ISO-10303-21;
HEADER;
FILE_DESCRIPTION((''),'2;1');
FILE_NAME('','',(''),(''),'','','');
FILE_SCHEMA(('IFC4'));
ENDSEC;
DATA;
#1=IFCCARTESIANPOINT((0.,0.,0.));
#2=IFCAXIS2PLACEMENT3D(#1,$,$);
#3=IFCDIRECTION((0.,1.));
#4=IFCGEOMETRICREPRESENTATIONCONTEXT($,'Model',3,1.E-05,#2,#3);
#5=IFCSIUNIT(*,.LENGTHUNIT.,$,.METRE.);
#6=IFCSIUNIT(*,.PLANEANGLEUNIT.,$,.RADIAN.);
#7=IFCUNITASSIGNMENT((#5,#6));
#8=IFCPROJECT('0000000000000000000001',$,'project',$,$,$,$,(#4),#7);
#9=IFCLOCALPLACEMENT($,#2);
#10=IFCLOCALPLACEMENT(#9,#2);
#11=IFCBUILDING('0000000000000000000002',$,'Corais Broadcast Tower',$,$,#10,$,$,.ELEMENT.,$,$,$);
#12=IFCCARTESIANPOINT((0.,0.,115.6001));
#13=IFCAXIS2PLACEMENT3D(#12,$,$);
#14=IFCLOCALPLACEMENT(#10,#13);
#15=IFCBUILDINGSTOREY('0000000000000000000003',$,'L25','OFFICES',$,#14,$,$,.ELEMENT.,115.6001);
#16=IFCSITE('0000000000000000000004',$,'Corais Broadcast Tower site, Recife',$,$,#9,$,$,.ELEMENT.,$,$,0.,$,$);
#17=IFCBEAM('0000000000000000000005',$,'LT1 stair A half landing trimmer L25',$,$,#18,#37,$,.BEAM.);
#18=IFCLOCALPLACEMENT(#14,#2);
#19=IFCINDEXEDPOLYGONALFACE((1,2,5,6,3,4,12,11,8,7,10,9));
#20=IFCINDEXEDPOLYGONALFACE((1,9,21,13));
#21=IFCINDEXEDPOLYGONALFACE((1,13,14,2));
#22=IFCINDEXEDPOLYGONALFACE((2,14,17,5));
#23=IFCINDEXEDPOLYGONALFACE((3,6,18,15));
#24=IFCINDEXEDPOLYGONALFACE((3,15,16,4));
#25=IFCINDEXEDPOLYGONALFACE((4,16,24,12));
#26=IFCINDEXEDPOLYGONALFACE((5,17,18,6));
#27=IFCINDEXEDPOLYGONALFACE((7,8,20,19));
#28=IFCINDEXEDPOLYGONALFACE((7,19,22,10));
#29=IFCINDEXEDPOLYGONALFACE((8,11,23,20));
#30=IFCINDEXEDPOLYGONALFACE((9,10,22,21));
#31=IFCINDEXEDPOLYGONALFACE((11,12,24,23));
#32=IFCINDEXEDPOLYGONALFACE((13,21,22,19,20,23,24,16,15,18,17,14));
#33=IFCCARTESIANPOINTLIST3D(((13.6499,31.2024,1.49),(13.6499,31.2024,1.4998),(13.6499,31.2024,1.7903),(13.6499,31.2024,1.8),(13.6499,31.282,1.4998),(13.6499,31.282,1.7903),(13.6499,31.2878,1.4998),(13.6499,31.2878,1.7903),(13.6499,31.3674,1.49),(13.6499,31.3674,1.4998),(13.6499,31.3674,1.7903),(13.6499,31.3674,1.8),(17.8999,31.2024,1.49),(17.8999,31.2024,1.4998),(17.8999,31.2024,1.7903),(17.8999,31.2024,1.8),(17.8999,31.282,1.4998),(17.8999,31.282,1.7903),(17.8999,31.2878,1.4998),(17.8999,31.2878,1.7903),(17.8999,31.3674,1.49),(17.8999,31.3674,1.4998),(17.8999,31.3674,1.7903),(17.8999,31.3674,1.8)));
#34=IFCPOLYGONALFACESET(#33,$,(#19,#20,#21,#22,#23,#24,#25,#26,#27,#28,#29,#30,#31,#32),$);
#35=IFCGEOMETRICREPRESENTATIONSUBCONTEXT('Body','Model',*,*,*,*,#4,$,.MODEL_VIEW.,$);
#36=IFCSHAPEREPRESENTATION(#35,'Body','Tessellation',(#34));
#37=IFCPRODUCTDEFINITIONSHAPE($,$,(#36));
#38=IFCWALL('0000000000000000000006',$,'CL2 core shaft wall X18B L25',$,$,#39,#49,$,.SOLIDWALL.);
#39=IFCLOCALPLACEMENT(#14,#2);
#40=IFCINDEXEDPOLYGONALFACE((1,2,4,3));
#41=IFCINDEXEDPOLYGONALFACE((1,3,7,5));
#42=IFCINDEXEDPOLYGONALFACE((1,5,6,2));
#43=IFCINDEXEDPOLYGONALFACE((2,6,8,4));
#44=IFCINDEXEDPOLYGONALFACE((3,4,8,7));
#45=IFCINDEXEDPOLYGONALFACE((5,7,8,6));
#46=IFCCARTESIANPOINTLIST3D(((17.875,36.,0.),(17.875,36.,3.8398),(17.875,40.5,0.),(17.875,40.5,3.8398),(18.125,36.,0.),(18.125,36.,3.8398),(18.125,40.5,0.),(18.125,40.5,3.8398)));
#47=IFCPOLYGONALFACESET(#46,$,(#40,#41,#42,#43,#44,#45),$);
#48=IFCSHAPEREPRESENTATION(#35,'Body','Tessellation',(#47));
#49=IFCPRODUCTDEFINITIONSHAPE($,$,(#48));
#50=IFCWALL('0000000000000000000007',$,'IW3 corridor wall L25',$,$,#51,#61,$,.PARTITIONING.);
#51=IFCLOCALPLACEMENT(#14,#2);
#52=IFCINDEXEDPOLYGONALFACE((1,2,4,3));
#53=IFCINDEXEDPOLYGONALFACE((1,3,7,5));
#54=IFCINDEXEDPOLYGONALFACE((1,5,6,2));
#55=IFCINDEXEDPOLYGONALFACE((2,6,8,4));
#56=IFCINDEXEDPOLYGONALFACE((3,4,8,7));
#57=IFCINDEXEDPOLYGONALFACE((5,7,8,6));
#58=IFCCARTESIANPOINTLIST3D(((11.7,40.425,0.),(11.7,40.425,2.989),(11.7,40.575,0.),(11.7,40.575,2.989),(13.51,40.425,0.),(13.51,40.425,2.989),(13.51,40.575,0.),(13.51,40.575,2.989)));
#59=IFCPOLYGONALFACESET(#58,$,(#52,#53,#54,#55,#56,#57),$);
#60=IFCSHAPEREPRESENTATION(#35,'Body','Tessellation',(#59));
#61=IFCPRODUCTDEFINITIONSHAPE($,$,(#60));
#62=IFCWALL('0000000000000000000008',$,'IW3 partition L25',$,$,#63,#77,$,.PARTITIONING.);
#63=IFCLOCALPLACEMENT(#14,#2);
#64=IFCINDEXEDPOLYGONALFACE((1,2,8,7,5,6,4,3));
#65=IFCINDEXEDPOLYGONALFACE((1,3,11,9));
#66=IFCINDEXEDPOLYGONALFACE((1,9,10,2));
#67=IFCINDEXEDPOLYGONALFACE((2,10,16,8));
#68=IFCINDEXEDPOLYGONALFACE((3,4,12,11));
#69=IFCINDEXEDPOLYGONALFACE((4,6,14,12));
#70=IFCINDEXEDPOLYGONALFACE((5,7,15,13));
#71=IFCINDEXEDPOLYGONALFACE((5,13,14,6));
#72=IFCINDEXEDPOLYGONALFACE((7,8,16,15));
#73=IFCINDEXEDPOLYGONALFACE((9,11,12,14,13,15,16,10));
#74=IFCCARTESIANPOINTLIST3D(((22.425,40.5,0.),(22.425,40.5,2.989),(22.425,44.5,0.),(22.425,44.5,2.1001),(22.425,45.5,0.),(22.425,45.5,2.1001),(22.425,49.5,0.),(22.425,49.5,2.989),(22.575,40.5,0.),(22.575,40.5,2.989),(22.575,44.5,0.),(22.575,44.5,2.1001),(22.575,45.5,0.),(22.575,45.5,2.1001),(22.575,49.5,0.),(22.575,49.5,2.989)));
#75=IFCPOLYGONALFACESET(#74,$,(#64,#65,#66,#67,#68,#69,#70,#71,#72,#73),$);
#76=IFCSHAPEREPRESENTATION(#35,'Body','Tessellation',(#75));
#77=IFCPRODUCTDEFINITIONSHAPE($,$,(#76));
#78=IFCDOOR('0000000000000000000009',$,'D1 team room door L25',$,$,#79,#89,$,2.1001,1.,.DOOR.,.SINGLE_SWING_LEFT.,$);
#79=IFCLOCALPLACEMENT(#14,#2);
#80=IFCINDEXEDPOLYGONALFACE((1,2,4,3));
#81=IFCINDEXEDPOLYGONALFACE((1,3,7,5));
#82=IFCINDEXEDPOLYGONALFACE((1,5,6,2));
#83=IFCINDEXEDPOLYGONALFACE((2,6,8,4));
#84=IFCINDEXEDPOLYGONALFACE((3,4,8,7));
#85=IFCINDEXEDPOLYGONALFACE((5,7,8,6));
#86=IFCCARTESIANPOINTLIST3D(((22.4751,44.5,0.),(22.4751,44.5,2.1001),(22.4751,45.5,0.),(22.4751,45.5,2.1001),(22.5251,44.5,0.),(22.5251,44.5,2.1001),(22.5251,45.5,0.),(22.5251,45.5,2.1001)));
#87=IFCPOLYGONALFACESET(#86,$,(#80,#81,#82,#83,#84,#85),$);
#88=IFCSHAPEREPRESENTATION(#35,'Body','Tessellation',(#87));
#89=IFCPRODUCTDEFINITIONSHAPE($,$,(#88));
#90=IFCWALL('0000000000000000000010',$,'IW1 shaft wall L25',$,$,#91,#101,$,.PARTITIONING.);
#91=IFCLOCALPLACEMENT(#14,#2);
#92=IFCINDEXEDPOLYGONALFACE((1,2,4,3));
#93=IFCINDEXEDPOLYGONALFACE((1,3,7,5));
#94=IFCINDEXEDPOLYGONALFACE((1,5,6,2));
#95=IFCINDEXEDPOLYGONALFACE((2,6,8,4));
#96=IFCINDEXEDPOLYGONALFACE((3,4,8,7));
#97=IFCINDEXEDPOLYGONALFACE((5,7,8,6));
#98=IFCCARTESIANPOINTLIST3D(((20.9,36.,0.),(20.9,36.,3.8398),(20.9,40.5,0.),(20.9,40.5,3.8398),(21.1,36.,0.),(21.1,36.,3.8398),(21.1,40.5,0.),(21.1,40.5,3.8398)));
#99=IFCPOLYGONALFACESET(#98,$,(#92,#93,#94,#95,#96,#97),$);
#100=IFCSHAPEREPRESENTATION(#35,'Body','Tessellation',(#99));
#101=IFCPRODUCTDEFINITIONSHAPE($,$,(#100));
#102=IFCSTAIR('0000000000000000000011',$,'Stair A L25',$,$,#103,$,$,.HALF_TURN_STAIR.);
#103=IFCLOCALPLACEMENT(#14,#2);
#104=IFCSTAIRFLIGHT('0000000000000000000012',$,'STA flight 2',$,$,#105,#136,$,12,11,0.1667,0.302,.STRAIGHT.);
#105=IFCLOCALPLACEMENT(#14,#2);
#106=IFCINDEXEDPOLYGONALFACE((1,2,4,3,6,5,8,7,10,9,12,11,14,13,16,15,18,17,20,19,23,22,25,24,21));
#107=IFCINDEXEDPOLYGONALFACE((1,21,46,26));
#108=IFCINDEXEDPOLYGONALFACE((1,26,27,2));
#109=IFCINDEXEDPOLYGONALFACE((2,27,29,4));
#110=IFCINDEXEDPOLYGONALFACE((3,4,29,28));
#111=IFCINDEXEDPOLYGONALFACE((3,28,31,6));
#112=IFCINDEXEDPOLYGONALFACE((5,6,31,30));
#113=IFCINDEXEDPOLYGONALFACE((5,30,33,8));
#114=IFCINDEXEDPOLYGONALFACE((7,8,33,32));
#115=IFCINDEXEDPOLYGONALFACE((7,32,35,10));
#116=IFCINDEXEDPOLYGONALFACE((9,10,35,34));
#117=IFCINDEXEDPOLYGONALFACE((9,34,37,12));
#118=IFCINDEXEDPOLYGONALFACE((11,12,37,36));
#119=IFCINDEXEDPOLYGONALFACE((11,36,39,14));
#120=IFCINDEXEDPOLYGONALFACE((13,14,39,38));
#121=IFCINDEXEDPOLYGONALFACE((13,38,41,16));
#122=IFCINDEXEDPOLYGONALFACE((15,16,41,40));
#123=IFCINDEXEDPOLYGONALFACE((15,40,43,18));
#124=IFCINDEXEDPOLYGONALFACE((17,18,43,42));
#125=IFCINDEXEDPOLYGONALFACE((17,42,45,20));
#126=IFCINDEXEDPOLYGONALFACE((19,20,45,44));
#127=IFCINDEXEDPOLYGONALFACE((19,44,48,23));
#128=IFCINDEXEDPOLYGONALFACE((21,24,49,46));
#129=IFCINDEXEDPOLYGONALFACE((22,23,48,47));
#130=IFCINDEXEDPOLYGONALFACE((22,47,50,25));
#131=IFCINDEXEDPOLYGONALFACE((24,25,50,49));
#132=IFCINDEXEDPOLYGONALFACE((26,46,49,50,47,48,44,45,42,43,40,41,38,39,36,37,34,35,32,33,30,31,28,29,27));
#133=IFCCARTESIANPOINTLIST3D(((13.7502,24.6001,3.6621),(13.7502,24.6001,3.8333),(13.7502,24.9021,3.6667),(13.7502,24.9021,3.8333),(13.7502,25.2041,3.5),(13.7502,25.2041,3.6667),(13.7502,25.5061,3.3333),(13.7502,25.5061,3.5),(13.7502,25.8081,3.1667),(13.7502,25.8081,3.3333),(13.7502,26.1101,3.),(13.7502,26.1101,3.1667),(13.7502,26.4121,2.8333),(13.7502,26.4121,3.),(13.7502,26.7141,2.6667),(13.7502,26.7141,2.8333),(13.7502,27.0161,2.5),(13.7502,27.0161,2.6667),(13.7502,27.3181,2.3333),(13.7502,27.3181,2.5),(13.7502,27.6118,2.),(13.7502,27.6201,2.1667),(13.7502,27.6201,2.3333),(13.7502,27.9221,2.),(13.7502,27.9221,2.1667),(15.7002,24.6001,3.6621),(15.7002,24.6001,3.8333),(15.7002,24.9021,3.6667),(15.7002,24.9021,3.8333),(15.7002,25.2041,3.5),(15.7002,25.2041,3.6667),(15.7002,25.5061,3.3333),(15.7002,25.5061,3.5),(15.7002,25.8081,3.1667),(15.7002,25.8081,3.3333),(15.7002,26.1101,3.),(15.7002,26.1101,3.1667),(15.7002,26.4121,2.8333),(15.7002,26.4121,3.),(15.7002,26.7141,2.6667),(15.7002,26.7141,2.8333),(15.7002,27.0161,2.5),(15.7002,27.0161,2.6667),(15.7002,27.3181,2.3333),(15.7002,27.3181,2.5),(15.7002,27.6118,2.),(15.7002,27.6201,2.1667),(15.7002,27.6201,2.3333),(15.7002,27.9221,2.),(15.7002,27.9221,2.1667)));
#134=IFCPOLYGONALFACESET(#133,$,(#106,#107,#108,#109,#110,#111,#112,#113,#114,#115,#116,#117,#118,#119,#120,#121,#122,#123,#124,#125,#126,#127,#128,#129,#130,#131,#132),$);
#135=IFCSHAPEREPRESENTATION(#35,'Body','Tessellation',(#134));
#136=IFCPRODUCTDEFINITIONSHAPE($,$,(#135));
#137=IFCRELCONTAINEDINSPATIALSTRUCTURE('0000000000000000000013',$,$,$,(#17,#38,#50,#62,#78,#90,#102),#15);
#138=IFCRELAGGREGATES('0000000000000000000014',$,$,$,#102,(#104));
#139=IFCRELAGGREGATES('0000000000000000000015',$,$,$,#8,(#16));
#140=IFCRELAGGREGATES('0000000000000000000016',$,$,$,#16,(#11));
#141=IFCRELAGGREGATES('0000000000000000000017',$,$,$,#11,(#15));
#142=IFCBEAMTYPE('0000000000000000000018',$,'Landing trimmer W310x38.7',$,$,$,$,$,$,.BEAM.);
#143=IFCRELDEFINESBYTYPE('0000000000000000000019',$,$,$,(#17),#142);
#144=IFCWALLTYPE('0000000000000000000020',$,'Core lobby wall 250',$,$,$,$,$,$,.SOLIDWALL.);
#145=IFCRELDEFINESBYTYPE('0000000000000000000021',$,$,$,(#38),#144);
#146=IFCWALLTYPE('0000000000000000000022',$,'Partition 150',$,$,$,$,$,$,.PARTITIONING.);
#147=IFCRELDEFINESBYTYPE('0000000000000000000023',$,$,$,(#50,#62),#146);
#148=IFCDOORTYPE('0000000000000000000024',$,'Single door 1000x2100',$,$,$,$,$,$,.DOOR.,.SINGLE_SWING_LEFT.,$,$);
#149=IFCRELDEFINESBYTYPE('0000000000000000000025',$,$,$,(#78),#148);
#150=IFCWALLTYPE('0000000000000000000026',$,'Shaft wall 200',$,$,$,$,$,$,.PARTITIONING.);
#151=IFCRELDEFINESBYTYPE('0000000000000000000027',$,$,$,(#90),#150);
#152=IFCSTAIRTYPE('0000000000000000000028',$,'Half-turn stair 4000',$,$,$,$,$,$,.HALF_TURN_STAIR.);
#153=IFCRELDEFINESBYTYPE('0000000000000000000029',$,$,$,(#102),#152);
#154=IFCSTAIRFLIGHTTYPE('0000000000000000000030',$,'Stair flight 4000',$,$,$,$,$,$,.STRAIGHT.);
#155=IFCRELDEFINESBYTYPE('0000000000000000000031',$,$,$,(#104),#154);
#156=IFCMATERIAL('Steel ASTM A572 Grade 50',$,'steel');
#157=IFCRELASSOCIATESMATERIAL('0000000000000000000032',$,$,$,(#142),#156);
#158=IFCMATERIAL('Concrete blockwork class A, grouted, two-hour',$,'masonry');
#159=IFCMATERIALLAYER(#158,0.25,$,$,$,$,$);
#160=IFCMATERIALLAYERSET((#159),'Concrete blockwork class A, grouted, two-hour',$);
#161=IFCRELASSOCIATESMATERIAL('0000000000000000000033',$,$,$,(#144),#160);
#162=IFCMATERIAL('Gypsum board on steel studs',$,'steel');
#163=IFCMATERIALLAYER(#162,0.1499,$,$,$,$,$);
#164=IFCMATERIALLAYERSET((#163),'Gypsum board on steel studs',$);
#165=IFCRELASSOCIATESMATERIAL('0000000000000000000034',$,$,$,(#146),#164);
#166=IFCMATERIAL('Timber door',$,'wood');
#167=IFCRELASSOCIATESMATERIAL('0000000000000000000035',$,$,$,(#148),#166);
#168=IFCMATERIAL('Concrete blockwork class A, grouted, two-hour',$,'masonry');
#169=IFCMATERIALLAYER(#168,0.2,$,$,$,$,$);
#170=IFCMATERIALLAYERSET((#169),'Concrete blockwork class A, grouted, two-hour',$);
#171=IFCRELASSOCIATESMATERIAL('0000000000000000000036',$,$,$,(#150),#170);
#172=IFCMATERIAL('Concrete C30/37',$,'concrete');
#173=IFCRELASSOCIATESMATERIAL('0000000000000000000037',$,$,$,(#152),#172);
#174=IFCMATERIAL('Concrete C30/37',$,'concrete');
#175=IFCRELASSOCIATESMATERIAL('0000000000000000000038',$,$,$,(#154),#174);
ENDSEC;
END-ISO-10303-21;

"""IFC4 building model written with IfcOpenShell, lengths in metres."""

from ifc_helpers import new_model, si_unit, direction, frame, frame_2d, origin, origin_2d, place, context, subcontext, project, spatial, polyline, rectangle, i_section, outline, extrude, material, layer, layer_set, material_profile, profile_set, type_object, element, fill, aggregate, save


model = new_model("IFC4")

# Units and contexts
model_context = context("Model", 3, precision=1e-05, world=origin(), true_north=direction((0.0, 1.0)))
body_context = subcontext(model_context, "Body", "Model", "MODEL_VIEW")
ifc_project = project(units=[si_unit("LENGTHUNIT", "METRE"), si_unit("PLANEANGLEUNIT", "RADIAN")], contexts=[model_context])

# Site, building, storey
site_placement = place(None, origin())
site = spatial("IfcSite", under=ifc_project, at=site_placement, Name="Corais Broadcast Tower site, Recife", CompositionType="ELEMENT", RefElevation=0.0)
building_placement = place(site_placement, origin())
building = spatial("IfcBuilding", under=site, at=building_placement, Name="Corais Broadcast Tower", CompositionType="ELEMENT")
storey_placement = place(building_placement, frame((0.0, 0.0, 115.6001)))
storey = spatial("IfcBuildingStorey", under=building, at=storey_placement, Name="L25", Description="OFFICES", CompositionType="ELEMENT", Elevation=115.6001)

# Beam
ifc_material_1 = material(Name="Steel ASTM A572 Grade 50", Category="steel")
ifc_material_profile = material_profile(ifc_material_1, i_section(OverallWidth=0.165, OverallDepth=0.3101, WebThickness=0.0059, FlangeThickness=0.0098, at=origin_2d()), Name="W310x38.7")
ifc_profile_set = profile_set([ifc_material_profile], Name="Steel ASTM A572 Grade 50")
beam_type = type_object("IfcBeamType", Name="Landing trimmer W310x38.7", PredefinedType="BEAM", material=ifc_profile_set)
beam_placement = place(storey_placement, frame((13.6499, 31.2849, 1.645), z_axis=(1.0, 0.0, 0.0), x_axis=(0.0, 1.0, 0.0)))
element("IfcBeam", 1, at=beam_placement, inside=storey, type_object=beam_type, Name="LT1 stair A half landing trimmer L25", PredefinedType="BEAM", context=body_context, shape_type="SweptSolid", body=[
    extrude(i_section(OverallWidth=0.165, OverallDepth=0.3101, WebThickness=0.0059, FlangeThickness=0.0098, at=origin_2d()), origin(), (0.0, 0.0, 1.0), 4.25),
])

# Walls
ifc_material_2 = material(Name="Concrete blockwork class A, grouted, two-hour", Category="masonry")
ifc_layer_1 = layer(ifc_material_2, 0.25)
ifc_layer_set_1 = layer_set([ifc_layer_1], Name="Concrete blockwork class A, grouted, two-hour")
wall_type_1 = type_object("IfcWallType", Name="Core lobby wall 250", PredefinedType="SOLIDWALL", material=ifc_layer_set_1)
wall_1_placement = place(storey_placement, frame((18.0, 36.0, 0.0), z_axis=(0.0, 0.0, 1.0), x_axis=(0.0, 1.0, 0.0)))
element("IfcWall", 2, at=wall_1_placement, inside=storey, type_object=wall_type_1, Name="CL2 core shaft wall X18B L25", PredefinedType="SOLIDWALL", context=body_context, shape_type="SweptSolid", body=[
    extrude(rectangle(XDim=4.5, YDim=0.25, at=frame_2d((2.25, 0.0))), origin(), (0.0, 0.0, 1.0), 3.8398),
])
ifc_material_3 = material(Name="Gypsum board on steel studs", Category="steel")
ifc_layer_2 = layer(ifc_material_3, 0.1499)
ifc_layer_set_2 = layer_set([ifc_layer_2], Name="Gypsum board on steel studs")
wall_type_2 = type_object("IfcWallType", Name="Partition 150", PredefinedType="PARTITIONING", material=ifc_layer_set_2)
wall_2_placement = place(storey_placement, frame((13.51, 40.5, 0.0), z_axis=(0.0, 0.0, 1.0), x_axis=(-1.0, 0.0, 0.0)))
element("IfcWall", 3, at=wall_2_placement, inside=storey, type_object=wall_type_2, Name="IW3 corridor wall L25", PredefinedType="PARTITIONING", context=body_context, shape_type="SweptSolid", body=[
    extrude(rectangle(XDim=1.8101, YDim=0.1499, at=frame_2d((0.905, 0.0))), origin(), (0.0, 0.0, 1.0), 2.989),
])

# Wall, opening, door
wall_3_placement = place(storey_placement, frame((22.5, 40.5, 0.0), z_axis=(0.0, 0.0, 1.0), x_axis=(0.0, 1.0, 0.0)))
wall_3 = element("IfcWall", 4, at=wall_3_placement, inside=storey, type_object=wall_type_2, Name="IW3 partition L25", PredefinedType="PARTITIONING", context=body_context, shape_type="SweptSolid", body=[
    extrude(rectangle(XDim=9.0, YDim=0.1499, at=frame_2d((4.5, 0.0))), origin(), (0.0, 0.0, 1.0), 2.989),
])
opening_placement = place(wall_3_placement, frame((4.0, 0.0, 0.0)))
opening = element("IfcOpeningElement", 5, at=opening_placement, cuts=wall_3, PredefinedType="OPENING", context=body_context, shape_type="SweptSolid", body=[
    extrude(rectangle(XDim=1.0, YDim=2.1001, at=frame_2d((0.5, 1.05))), frame((0.0, 0.085, 0.0), z_axis=(0.0, -1.0, 0.0), x_axis=(1.0, 0.0, 0.0)), (0.0, 0.0, 1.0), 0.1699),
])
ifc_material_4 = material(Name="Timber door", Category="wood")
door_type = type_object("IfcDoorType", Name="Single door 1000x2100", OperationType="SINGLE_SWING_LEFT", PredefinedType="DOOR", material=ifc_material_4)
door_placement = place(opening_placement, origin())
door = element("IfcDoor", 6, at=door_placement, inside=storey, type_object=door_type, Name="D1 team room door L25", OperationType="SINGLE_SWING_LEFT", OverallHeight=2.1001, OverallWidth=1.0, PredefinedType="DOOR", context=body_context, shape_type="SweptSolid", body=[
    extrude(rectangle(XDim=1.0, YDim=2.1001, at=frame_2d((0.5, 1.05))), frame((0.0, 0.0249, 0.0), z_axis=(0.0, -1.0, 0.0), x_axis=(1.0, 0.0, 0.0)), (0.0, 0.0, 1.0), 0.05),
])
fill(opening, door)

# Wall
ifc_material_5 = material(Name="Concrete blockwork class A, grouted, two-hour", Category="masonry")
ifc_layer_3 = layer(ifc_material_5, 0.2)
ifc_layer_set_3 = layer_set([ifc_layer_3], Name="Concrete blockwork class A, grouted, two-hour")
wall_type_3 = type_object("IfcWallType", Name="Shaft wall 200", PredefinedType="PARTITIONING", material=ifc_layer_set_3)
wall_4_placement = place(storey_placement, frame((21.0, 36.0, 0.0), z_axis=(0.0, 0.0, 1.0), x_axis=(0.0, 1.0, 0.0)))
element("IfcWall", 7, at=wall_4_placement, inside=storey, type_object=wall_type_3, Name="IW1 shaft wall L25", PredefinedType="PARTITIONING", context=body_context, shape_type="SweptSolid", body=[
    extrude(rectangle(XDim=4.5, YDim=0.2, at=frame_2d((2.25, 0.0))), origin(), (0.0, 0.0, 1.0), 3.8398),
])

# Stair, stair flight
ifc_material_6 = material(Name="Concrete C30/37", Category="concrete")
stair_type = type_object("IfcStairType", Name="Half-turn stair 4000", PredefinedType="HALF_TURN_STAIR", material=ifc_material_6)
stair_placement = place(storey_placement, origin())
stair = element("IfcStair", 8, at=stair_placement, inside=storey, type_object=stair_type, Name="Stair A L25", PredefinedType="HALF_TURN_STAIR")
ifc_material_7 = material(Name="Concrete C30/37", Category="concrete")
stair_flight_type = type_object("IfcStairFlightType", Name="Stair flight 4000", PredefinedType="STRAIGHT", material=ifc_material_7)
stair_flight_placement = place(storey_placement, frame((14.7251, 27.9221, 2.0), z_axis=(0.0, 0.0, 1.0), x_axis=(0.0, -1.0, 0.0)))
stair_flight = element("IfcStairFlight", 9, at=stair_flight_placement, type_object=stair_flight_type, Name="STA flight 2", NumberOfRisers=12, NumberOfTreads=11, PredefinedType="STRAIGHT", RiserHeight=0.1667, TreadLength=0.302, context=body_context, shape_type="SweptSolid", body=[
    extrude(outline(polyline([(0.0, 0.0), (0.0, 0.1667), (0.302, 0.1667), (0.302, 0.3333), (0.604, 0.3333), (0.604, 0.5), (0.906, 0.5), (0.906, 0.6667), (1.208, 0.6667), (1.208, 0.8333), (1.51, 0.8333), (1.51, 1.0), (1.812, 1.0), (1.812, 1.1667), (2.114, 1.1667), (2.114, 1.3333), (2.416, 1.3333), (2.416, 1.5), (2.718, 1.5), (2.718, 1.6667), (3.02, 1.6667), (3.02, 1.8333), (3.322, 1.8333), (3.322, 2.0), (3.322, 1.6621), (0.3103, 0.0), (0.0, 0.0)])), frame((0.0, 0.9751, 0.0), z_axis=(0.0, -1.0, 0.0), x_axis=(1.0, 0.0, 0.0)), (0.0, 0.0, 1.0), 1.95),
])
aggregate(stair, [stair_flight])

save(model, "model.ifc")
